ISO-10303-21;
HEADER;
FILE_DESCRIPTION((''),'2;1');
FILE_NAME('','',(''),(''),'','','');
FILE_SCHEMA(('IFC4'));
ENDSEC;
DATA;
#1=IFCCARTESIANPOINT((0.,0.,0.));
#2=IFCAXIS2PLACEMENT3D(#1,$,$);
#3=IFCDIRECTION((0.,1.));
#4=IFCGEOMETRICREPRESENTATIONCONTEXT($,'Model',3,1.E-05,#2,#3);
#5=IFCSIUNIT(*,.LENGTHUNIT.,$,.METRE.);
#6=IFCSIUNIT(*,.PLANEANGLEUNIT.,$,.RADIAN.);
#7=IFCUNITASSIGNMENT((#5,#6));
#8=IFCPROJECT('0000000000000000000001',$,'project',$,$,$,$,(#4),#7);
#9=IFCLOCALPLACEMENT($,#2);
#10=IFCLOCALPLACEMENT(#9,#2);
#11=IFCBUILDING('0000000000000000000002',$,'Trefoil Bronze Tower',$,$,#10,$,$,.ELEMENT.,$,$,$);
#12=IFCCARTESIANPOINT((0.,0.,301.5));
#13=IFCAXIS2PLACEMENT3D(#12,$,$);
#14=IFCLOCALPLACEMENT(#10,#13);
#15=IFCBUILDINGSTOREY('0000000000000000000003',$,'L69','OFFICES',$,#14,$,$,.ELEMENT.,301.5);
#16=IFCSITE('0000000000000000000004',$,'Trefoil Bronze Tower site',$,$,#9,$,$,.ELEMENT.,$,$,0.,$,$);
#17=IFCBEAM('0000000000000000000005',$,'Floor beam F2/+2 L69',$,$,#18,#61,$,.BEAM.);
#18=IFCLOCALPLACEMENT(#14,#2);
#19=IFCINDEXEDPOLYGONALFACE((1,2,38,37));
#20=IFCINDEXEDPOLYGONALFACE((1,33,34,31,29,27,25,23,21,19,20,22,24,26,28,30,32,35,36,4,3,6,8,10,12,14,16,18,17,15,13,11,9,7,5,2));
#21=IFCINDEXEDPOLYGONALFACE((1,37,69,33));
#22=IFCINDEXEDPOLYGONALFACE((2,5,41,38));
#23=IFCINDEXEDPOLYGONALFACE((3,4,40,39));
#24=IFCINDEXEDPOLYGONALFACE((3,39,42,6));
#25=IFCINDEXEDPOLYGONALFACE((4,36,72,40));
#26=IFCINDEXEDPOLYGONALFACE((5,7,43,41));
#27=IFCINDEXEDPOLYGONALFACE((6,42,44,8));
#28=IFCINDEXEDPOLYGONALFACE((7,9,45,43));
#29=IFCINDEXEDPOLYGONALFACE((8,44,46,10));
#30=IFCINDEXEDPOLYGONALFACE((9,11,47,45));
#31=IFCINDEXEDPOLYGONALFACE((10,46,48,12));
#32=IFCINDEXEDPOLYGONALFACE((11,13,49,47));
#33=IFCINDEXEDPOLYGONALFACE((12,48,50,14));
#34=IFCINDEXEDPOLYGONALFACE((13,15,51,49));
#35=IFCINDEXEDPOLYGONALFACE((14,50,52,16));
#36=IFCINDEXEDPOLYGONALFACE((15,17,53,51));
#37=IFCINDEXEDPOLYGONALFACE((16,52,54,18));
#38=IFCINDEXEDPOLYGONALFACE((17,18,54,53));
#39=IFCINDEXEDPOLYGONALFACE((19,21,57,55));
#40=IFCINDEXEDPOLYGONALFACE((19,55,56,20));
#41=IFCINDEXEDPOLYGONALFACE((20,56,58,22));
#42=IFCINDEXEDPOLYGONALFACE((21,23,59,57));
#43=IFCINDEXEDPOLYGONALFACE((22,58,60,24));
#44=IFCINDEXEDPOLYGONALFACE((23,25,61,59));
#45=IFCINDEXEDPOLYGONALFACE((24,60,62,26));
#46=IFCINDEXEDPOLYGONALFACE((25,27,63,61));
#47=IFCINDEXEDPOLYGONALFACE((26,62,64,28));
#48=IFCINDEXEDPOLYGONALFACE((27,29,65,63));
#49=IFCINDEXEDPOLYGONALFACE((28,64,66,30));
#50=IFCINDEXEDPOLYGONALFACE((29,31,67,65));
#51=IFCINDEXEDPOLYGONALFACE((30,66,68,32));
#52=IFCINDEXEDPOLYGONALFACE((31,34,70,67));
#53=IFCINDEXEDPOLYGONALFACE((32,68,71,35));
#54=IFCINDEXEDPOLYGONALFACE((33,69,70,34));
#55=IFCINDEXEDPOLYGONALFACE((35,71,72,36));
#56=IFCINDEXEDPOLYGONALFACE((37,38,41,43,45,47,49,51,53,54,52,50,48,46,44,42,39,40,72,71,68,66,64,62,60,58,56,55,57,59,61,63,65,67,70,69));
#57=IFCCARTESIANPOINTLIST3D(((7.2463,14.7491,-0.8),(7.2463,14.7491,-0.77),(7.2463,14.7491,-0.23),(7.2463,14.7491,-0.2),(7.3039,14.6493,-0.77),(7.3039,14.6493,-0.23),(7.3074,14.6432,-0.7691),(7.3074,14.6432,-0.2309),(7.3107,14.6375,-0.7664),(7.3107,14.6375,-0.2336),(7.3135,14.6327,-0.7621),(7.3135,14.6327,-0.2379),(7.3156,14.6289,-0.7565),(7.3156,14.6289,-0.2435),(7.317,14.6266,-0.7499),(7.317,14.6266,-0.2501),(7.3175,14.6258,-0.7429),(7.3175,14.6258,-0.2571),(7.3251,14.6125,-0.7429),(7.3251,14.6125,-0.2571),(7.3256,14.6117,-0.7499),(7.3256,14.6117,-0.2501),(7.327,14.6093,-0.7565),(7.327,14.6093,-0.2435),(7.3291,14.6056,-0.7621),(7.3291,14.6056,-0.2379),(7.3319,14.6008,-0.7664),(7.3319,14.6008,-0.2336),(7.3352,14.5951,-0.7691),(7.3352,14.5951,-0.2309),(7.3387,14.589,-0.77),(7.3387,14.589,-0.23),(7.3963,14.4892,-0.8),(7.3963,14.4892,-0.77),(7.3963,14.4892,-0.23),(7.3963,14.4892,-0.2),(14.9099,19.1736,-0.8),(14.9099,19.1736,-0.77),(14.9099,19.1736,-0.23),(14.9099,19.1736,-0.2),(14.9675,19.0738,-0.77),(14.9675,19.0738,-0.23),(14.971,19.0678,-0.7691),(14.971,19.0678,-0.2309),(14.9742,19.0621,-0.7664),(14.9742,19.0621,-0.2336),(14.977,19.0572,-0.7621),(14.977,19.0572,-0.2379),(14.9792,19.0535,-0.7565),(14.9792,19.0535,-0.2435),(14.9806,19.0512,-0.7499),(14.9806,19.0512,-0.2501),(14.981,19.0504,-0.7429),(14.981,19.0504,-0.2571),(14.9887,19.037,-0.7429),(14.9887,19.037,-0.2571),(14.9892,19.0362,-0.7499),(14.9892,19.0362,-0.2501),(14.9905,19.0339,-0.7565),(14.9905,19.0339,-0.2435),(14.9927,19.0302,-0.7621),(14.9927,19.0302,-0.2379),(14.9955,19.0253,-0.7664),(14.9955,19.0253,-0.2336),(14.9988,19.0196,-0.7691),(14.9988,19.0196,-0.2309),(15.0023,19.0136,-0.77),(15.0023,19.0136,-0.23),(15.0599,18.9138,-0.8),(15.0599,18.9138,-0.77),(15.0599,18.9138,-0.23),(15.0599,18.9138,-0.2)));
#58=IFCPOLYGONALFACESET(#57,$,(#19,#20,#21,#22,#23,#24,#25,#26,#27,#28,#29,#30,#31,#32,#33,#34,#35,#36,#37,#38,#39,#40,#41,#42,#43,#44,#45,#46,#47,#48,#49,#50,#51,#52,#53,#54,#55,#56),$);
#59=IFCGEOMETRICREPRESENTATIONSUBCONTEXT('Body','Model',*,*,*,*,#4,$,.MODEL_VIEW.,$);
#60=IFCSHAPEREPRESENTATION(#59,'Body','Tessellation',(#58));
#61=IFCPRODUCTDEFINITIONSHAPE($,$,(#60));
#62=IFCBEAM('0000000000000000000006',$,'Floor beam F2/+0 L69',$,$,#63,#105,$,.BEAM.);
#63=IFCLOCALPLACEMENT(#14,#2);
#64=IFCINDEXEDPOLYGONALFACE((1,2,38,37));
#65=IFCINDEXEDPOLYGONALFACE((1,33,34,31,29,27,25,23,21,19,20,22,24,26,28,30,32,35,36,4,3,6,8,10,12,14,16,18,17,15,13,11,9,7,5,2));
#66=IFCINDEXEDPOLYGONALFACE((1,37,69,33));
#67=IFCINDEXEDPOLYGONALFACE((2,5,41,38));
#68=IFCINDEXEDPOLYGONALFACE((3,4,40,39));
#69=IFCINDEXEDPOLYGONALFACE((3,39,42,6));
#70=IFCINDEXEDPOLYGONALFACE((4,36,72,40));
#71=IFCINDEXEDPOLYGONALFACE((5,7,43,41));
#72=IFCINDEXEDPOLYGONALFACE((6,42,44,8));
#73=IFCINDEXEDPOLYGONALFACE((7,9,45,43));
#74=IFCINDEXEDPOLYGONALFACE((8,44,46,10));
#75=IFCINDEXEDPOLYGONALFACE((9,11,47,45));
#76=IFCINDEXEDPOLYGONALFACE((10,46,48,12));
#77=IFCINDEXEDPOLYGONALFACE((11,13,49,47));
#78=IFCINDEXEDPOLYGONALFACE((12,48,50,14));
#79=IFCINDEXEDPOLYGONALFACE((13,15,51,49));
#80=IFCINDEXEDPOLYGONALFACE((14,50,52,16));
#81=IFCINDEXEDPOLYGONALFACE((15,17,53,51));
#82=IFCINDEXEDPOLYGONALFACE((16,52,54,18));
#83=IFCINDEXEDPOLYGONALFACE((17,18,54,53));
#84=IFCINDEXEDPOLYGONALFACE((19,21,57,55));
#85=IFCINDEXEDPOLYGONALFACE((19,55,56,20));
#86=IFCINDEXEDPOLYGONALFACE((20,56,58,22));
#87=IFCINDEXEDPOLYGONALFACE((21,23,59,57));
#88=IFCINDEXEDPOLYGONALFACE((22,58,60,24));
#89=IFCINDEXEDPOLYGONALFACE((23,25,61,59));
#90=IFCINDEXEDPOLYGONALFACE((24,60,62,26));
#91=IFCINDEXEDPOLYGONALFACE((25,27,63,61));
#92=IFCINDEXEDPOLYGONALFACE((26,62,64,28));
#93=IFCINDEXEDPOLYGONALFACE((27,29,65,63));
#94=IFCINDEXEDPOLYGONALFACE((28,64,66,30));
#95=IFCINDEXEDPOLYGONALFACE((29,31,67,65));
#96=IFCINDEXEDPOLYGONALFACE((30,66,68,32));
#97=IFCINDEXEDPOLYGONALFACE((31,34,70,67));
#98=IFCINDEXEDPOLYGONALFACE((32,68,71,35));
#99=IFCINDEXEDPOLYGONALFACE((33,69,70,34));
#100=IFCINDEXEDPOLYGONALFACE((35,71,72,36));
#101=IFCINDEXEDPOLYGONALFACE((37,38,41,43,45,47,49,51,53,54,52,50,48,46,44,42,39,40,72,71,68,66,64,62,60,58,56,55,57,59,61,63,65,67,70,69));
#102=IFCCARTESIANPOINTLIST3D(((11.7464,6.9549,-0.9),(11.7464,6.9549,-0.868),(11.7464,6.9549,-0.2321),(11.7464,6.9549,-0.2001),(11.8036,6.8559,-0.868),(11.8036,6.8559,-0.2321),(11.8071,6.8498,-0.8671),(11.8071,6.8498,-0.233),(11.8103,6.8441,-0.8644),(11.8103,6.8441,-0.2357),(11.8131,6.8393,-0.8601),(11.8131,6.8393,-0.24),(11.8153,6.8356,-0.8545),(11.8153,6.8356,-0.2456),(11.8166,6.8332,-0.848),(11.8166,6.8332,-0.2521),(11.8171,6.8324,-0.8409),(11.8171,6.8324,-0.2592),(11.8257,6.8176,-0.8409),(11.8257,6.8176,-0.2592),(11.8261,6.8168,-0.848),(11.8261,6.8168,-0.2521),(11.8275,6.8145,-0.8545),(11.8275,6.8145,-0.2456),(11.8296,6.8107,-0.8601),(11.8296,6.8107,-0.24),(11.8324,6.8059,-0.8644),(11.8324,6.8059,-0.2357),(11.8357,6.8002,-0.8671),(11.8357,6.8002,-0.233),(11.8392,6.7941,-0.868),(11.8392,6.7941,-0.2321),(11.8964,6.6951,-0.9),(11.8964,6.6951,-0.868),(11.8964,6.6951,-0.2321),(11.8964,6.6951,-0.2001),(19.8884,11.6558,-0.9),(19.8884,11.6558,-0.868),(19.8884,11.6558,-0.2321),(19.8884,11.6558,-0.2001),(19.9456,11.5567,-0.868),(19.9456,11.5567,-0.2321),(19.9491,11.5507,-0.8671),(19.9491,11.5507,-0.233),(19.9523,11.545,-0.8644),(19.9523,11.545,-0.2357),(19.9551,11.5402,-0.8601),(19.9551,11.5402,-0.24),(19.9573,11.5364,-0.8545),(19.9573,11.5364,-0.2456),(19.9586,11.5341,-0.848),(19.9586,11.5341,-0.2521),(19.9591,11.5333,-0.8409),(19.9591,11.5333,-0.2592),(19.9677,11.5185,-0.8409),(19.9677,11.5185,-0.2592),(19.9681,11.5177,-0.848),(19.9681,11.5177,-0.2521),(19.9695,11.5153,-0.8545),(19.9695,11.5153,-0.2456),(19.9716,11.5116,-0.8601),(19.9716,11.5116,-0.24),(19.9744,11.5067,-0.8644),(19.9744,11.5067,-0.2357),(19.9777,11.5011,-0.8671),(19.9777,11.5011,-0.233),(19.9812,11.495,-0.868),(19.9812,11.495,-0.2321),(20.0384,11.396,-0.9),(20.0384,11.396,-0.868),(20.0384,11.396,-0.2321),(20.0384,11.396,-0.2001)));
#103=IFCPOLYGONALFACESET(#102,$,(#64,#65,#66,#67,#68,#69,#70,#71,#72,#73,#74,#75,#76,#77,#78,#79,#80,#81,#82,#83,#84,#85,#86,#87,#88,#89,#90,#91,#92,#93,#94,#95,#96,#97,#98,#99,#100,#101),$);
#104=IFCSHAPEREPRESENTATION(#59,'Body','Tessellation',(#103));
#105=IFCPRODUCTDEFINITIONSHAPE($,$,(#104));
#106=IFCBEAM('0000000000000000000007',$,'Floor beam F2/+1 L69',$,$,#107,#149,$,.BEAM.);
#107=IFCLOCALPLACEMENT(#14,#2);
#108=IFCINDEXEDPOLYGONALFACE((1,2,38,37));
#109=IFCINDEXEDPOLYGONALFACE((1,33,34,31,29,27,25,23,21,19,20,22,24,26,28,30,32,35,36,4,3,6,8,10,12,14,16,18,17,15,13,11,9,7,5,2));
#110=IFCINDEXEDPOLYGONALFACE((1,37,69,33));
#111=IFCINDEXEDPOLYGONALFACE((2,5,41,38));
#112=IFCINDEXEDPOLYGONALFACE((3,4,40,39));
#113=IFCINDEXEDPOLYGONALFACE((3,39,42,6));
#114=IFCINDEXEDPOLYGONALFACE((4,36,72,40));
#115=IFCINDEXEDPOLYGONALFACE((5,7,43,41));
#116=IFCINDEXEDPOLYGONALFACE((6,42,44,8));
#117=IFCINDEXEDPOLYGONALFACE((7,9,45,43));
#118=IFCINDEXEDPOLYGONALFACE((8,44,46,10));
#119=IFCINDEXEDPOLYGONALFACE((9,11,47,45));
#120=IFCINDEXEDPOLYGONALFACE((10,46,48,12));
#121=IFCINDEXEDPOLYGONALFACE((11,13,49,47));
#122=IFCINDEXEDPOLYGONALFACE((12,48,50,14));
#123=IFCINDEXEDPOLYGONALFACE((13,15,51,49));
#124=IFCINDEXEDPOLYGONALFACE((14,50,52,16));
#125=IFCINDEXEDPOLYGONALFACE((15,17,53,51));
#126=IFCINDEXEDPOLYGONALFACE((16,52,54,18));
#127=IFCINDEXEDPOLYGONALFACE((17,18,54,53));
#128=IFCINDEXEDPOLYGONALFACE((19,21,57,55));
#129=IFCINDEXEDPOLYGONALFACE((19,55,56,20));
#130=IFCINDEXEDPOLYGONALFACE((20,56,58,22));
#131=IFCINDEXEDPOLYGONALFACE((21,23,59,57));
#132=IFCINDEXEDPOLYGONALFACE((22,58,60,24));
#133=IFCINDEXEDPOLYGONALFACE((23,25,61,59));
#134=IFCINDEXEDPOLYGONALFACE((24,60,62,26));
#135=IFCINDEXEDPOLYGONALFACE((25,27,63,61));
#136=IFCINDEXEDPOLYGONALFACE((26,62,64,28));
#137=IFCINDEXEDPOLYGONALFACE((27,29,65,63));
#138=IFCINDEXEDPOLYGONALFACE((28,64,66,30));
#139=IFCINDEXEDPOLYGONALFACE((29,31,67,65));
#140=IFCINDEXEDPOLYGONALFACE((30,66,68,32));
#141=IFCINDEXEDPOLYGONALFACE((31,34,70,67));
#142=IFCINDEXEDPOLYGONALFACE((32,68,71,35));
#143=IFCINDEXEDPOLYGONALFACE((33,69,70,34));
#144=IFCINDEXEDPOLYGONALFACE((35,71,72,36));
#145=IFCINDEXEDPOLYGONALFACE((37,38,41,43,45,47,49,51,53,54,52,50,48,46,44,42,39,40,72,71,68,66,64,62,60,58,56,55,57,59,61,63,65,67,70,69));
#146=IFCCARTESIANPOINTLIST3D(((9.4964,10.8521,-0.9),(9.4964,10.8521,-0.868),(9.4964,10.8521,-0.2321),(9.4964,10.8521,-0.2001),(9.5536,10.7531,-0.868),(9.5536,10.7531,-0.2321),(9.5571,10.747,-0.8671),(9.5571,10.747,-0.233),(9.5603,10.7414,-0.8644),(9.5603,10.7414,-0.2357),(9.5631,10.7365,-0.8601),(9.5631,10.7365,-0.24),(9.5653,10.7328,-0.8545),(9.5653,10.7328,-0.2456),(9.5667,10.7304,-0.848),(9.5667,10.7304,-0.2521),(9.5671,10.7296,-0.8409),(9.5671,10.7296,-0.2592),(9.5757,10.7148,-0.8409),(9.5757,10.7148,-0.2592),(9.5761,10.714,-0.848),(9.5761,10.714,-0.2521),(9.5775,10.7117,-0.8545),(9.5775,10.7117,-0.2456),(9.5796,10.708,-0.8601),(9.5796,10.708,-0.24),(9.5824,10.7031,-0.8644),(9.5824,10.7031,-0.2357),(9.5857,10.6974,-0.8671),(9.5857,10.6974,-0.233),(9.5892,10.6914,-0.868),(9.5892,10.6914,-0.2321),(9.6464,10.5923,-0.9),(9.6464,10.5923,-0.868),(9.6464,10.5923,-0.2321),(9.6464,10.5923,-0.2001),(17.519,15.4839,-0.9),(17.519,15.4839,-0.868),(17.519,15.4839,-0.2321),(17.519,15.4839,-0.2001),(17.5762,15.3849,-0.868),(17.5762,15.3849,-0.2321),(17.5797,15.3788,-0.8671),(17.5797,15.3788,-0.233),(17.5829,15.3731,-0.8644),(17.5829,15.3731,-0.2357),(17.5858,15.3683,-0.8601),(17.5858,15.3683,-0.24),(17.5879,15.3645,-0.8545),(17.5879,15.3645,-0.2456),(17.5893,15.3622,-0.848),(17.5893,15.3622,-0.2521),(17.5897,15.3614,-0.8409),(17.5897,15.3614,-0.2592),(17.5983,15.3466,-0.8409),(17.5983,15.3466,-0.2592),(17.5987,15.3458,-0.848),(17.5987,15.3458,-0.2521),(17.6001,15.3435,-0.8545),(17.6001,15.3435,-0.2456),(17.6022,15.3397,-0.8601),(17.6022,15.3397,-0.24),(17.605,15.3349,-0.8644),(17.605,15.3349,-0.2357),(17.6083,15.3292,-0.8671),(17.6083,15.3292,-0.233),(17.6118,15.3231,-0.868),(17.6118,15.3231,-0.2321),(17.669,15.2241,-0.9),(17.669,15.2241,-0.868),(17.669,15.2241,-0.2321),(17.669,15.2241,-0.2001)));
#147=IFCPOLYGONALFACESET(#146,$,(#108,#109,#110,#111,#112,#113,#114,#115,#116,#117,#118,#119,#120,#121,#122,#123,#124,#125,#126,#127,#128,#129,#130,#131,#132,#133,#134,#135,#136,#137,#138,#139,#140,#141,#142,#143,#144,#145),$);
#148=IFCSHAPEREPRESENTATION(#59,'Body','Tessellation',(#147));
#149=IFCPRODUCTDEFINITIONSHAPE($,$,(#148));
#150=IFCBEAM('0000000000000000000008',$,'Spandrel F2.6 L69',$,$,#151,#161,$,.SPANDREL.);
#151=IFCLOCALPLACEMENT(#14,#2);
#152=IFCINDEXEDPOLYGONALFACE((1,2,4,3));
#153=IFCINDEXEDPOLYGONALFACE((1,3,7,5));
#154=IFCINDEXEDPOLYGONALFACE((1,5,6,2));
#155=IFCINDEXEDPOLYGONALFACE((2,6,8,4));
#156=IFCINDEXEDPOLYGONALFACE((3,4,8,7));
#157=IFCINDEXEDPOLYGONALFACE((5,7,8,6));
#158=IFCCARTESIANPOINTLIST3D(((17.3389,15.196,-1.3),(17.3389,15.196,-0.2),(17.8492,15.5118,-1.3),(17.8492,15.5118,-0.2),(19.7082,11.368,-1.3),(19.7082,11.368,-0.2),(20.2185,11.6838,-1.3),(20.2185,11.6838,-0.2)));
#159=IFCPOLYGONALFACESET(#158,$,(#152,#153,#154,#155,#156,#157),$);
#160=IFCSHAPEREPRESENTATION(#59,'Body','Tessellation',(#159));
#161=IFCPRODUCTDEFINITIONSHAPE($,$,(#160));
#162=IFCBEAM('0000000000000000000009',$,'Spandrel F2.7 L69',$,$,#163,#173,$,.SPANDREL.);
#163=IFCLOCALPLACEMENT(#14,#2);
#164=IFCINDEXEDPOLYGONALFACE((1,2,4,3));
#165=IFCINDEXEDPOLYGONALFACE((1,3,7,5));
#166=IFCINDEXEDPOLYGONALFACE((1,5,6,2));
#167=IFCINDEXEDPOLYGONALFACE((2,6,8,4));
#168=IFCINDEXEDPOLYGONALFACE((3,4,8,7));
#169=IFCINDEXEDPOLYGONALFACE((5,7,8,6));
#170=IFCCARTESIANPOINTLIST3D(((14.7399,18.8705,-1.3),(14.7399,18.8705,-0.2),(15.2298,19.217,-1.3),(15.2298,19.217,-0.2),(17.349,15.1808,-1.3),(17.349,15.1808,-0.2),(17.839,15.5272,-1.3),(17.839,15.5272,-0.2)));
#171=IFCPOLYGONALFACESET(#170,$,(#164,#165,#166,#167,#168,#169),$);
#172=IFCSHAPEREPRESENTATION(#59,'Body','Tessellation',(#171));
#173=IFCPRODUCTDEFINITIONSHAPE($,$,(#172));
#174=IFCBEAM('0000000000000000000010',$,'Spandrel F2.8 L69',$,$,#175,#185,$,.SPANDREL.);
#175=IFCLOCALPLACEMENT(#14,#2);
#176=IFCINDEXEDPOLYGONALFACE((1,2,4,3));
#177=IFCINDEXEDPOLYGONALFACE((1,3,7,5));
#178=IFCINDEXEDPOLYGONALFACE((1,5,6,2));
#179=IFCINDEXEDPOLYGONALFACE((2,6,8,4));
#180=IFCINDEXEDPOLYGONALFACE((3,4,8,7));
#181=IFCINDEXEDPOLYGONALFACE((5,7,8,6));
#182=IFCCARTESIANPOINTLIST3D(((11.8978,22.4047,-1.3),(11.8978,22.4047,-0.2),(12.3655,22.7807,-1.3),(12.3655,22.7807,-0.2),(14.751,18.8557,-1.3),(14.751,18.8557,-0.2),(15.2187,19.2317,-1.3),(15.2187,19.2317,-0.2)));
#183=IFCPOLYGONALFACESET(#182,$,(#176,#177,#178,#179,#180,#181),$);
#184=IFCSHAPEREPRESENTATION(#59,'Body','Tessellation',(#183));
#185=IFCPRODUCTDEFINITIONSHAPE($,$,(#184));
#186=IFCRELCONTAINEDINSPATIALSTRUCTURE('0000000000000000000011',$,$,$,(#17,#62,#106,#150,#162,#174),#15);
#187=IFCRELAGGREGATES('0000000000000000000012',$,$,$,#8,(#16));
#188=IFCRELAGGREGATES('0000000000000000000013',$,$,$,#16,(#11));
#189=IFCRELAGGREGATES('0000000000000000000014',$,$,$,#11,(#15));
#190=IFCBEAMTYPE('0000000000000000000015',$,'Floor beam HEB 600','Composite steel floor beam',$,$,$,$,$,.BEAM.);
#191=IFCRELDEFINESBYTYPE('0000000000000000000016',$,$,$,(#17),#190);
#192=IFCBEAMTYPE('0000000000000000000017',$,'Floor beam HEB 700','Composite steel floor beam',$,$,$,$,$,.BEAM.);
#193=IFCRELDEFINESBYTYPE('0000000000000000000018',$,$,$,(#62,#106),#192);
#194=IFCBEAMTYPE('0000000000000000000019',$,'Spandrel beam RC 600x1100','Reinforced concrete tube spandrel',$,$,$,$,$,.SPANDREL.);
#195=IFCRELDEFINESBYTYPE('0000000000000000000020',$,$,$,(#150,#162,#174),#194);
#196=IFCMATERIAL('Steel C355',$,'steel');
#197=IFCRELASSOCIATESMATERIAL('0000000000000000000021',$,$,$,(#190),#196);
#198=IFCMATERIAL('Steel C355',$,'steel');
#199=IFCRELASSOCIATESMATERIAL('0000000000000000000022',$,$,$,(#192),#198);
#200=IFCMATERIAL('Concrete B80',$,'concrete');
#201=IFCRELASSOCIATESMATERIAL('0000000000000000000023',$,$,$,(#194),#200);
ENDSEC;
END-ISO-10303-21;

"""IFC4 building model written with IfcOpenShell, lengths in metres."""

from ifc_helpers import new_model, si_unit, direction, frame, origin, origin_2d, place, context, subcontext, project, spatial, rectangle, i_section, extrude, material, material_profile, profile_set, type_object, element, save


model = new_model("IFC4")

# Units and contexts
model_context = context("Model", 3, precision=1e-05, world=origin(), true_north=direction((0.0, 1.0)))
body_context = subcontext(model_context, "Body", "Model", "MODEL_VIEW")
ifc_project = project(units=[si_unit("LENGTHUNIT", "METRE"), si_unit("PLANEANGLEUNIT", "RADIAN")], contexts=[model_context])

# Site, building, storey
site_placement = place(None, origin())
site = spatial("IfcSite", under=ifc_project, at=site_placement, Name="Trefoil Bronze Tower site", CompositionType="ELEMENT", RefElevation=0.0)
building_placement = place(site_placement, origin())
building = spatial("IfcBuilding", under=site, at=building_placement, Name="Trefoil Bronze Tower", CompositionType="ELEMENT")
storey_placement = place(building_placement, frame((0.0, 0.0, 301.5)))
storey = spatial("IfcBuildingStorey", under=building, at=storey_placement, Name="L69", Description="OFFICES", CompositionType="ELEMENT", Elevation=301.5)

# Beams
ifc_material_1 = material(Name="Steel C355", Category="steel")
ifc_material_profile_1 = material_profile(ifc_material_1, i_section(OverallWidth=0.3, OverallDepth=0.6001, WebThickness=0.0154, FlangeThickness=0.03, FilletRadius=0.0271, at=origin_2d()), Name="HEB 600")
ifc_profile_set_1 = profile_set([ifc_material_profile_1], Name="Steel C355")
beam_type_1 = type_object("IfcBeamType", Name="Floor beam HEB 600", Description="Composite steel floor beam", PredefinedType="BEAM", material=ifc_profile_set_1)
beam_1_placement = place(storey_placement, frame((14.9849, 19.0437, -0.5), z_axis=(-0.866026, -0.499999, 0.0), x_axis=(0.499999, -0.866026, 0.0)))
element("IfcBeam", 1, at=beam_1_placement, inside=storey, type_object=beam_type_1, Name="Floor beam F2/+2 L69", PredefinedType="BEAM", context=body_context, shape_type="SweptSolid", body=[
    extrude(i_section(OverallWidth=0.3, OverallDepth=0.6001, WebThickness=0.0154, FlangeThickness=0.03, FilletRadius=0.0271, at=origin_2d()), origin(), (0.0, 0.0, 1.0), 8.8491),
])
ifc_material_2 = material(Name="Steel C355", Category="steel")
ifc_material_profile_2 = material_profile(ifc_material_2, i_section(OverallWidth=0.3, OverallDepth=0.7, WebThickness=0.0171, FlangeThickness=0.032, FilletRadius=0.0271, at=origin_2d()), Name="HEB 700")
ifc_profile_set_2 = profile_set([ifc_material_profile_2], Name="Steel C355")
beam_type_2 = type_object("IfcBeamType", Name="Floor beam HEB 700", Description="Composite steel floor beam", PredefinedType="BEAM", material=ifc_profile_set_2)
beam_2_placement = place(storey_placement, frame((19.9634, 11.5259, -0.55), z_axis=(-0.866021, -0.500007, 0.0), x_axis=(0.500007, -0.866021, 0.0)))
element("IfcBeam", 2, at=beam_2_placement, inside=storey, type_object=beam_type_2, Name="Floor beam F2/+0 L69", PredefinedType="BEAM", context=body_context, shape_type="SweptSolid", body=[
    extrude(i_section(OverallWidth=0.3, OverallDepth=0.7, WebThickness=0.0171, FlangeThickness=0.032, FilletRadius=0.0271, at=origin_2d()), origin(), (0.0, 0.0, 1.0), 9.4016),
])
beam_3_placement = place(storey_placement, frame((17.594, 15.354, -0.55), z_axis=(-0.866029, -0.499994, 0.0), x_axis=(0.499994, -0.866029, 0.0)))
element("IfcBeam", 3, at=beam_3_placement, inside=storey, type_object=beam_type_2, Name="Floor beam F2/+1 L69", PredefinedType="BEAM", context=body_context, shape_type="SweptSolid", body=[
    extrude(i_section(OverallWidth=0.3, OverallDepth=0.7, WebThickness=0.0171, FlangeThickness=0.032, FilletRadius=0.0271, at=origin_2d()), origin(), (0.0, 0.0, 1.0), 9.2637),
])
ifc_material_3 = material(Name="Concrete B80", Category="concrete")
ifc_material_profile_3 = material_profile(ifc_material_3, rectangle(XDim=0.6001, YDim=1.1001, at=origin_2d()), Name="RC 600x1100")
ifc_profile_set_3 = profile_set([ifc_material_profile_3], Name="Concrete B80")
beam_type_3 = type_object("IfcBeamType", Name="Spandrel beam RC 600x1100", Description="Reinforced concrete tube spandrel", PredefinedType="SPANDREL", material=ifc_profile_set_3)
beam_4_placement = place(storey_placement, frame((19.9634, 11.5259, -0.75), z_axis=(-0.526289, 0.850306, 0.0), x_axis=(-0.850306, -0.526289, 0.0)))
element("IfcBeam", 4, at=beam_4_placement, inside=storey, type_object=beam_type_3, Name="Spandrel F2.6 L69", PredefinedType="SPANDREL", context=body_context, shape_type="SweptSolid", body=[
    extrude(rectangle(XDim=0.6001, YDim=1.1001, at=origin_2d()), origin(), (0.0, 0.0, 1.0), 4.502),
])
beam_5_placement = place(storey_placement, frame((17.594, 15.354, -0.75), z_axis=(-0.577368, 0.816484, 0.0), x_axis=(-0.816484, -0.577368, 0.0)))
element("IfcBeam", 5, at=beam_5_placement, inside=storey, type_object=beam_type_3, Name="Spandrel F2.7 L69", PredefinedType="SPANDREL", context=body_context, shape_type="SweptSolid", body=[
    extrude(rectangle(XDim=0.6001, YDim=1.1001, at=origin_2d()), origin(), (0.0, 0.0, 1.0), 4.519),
])
beam_6_placement = place(storey_placement, frame((14.9849, 19.0437, -0.75), z_axis=(-0.62657, 0.779365, 0.0), x_axis=(-0.779365, -0.62657, 0.0)))
element("IfcBeam", 6, at=beam_6_placement, inside=storey, type_object=beam_type_3, Name="Spandrel F2.8 L69", PredefinedType="SPANDREL", context=body_context, shape_type="SweptSolid", body=[
    extrude(rectangle(XDim=0.6001, YDim=1.1001, at=origin_2d()), origin(), (0.0, 0.0, 1.0), 4.5537),
])

save(model, "model.ifc")
